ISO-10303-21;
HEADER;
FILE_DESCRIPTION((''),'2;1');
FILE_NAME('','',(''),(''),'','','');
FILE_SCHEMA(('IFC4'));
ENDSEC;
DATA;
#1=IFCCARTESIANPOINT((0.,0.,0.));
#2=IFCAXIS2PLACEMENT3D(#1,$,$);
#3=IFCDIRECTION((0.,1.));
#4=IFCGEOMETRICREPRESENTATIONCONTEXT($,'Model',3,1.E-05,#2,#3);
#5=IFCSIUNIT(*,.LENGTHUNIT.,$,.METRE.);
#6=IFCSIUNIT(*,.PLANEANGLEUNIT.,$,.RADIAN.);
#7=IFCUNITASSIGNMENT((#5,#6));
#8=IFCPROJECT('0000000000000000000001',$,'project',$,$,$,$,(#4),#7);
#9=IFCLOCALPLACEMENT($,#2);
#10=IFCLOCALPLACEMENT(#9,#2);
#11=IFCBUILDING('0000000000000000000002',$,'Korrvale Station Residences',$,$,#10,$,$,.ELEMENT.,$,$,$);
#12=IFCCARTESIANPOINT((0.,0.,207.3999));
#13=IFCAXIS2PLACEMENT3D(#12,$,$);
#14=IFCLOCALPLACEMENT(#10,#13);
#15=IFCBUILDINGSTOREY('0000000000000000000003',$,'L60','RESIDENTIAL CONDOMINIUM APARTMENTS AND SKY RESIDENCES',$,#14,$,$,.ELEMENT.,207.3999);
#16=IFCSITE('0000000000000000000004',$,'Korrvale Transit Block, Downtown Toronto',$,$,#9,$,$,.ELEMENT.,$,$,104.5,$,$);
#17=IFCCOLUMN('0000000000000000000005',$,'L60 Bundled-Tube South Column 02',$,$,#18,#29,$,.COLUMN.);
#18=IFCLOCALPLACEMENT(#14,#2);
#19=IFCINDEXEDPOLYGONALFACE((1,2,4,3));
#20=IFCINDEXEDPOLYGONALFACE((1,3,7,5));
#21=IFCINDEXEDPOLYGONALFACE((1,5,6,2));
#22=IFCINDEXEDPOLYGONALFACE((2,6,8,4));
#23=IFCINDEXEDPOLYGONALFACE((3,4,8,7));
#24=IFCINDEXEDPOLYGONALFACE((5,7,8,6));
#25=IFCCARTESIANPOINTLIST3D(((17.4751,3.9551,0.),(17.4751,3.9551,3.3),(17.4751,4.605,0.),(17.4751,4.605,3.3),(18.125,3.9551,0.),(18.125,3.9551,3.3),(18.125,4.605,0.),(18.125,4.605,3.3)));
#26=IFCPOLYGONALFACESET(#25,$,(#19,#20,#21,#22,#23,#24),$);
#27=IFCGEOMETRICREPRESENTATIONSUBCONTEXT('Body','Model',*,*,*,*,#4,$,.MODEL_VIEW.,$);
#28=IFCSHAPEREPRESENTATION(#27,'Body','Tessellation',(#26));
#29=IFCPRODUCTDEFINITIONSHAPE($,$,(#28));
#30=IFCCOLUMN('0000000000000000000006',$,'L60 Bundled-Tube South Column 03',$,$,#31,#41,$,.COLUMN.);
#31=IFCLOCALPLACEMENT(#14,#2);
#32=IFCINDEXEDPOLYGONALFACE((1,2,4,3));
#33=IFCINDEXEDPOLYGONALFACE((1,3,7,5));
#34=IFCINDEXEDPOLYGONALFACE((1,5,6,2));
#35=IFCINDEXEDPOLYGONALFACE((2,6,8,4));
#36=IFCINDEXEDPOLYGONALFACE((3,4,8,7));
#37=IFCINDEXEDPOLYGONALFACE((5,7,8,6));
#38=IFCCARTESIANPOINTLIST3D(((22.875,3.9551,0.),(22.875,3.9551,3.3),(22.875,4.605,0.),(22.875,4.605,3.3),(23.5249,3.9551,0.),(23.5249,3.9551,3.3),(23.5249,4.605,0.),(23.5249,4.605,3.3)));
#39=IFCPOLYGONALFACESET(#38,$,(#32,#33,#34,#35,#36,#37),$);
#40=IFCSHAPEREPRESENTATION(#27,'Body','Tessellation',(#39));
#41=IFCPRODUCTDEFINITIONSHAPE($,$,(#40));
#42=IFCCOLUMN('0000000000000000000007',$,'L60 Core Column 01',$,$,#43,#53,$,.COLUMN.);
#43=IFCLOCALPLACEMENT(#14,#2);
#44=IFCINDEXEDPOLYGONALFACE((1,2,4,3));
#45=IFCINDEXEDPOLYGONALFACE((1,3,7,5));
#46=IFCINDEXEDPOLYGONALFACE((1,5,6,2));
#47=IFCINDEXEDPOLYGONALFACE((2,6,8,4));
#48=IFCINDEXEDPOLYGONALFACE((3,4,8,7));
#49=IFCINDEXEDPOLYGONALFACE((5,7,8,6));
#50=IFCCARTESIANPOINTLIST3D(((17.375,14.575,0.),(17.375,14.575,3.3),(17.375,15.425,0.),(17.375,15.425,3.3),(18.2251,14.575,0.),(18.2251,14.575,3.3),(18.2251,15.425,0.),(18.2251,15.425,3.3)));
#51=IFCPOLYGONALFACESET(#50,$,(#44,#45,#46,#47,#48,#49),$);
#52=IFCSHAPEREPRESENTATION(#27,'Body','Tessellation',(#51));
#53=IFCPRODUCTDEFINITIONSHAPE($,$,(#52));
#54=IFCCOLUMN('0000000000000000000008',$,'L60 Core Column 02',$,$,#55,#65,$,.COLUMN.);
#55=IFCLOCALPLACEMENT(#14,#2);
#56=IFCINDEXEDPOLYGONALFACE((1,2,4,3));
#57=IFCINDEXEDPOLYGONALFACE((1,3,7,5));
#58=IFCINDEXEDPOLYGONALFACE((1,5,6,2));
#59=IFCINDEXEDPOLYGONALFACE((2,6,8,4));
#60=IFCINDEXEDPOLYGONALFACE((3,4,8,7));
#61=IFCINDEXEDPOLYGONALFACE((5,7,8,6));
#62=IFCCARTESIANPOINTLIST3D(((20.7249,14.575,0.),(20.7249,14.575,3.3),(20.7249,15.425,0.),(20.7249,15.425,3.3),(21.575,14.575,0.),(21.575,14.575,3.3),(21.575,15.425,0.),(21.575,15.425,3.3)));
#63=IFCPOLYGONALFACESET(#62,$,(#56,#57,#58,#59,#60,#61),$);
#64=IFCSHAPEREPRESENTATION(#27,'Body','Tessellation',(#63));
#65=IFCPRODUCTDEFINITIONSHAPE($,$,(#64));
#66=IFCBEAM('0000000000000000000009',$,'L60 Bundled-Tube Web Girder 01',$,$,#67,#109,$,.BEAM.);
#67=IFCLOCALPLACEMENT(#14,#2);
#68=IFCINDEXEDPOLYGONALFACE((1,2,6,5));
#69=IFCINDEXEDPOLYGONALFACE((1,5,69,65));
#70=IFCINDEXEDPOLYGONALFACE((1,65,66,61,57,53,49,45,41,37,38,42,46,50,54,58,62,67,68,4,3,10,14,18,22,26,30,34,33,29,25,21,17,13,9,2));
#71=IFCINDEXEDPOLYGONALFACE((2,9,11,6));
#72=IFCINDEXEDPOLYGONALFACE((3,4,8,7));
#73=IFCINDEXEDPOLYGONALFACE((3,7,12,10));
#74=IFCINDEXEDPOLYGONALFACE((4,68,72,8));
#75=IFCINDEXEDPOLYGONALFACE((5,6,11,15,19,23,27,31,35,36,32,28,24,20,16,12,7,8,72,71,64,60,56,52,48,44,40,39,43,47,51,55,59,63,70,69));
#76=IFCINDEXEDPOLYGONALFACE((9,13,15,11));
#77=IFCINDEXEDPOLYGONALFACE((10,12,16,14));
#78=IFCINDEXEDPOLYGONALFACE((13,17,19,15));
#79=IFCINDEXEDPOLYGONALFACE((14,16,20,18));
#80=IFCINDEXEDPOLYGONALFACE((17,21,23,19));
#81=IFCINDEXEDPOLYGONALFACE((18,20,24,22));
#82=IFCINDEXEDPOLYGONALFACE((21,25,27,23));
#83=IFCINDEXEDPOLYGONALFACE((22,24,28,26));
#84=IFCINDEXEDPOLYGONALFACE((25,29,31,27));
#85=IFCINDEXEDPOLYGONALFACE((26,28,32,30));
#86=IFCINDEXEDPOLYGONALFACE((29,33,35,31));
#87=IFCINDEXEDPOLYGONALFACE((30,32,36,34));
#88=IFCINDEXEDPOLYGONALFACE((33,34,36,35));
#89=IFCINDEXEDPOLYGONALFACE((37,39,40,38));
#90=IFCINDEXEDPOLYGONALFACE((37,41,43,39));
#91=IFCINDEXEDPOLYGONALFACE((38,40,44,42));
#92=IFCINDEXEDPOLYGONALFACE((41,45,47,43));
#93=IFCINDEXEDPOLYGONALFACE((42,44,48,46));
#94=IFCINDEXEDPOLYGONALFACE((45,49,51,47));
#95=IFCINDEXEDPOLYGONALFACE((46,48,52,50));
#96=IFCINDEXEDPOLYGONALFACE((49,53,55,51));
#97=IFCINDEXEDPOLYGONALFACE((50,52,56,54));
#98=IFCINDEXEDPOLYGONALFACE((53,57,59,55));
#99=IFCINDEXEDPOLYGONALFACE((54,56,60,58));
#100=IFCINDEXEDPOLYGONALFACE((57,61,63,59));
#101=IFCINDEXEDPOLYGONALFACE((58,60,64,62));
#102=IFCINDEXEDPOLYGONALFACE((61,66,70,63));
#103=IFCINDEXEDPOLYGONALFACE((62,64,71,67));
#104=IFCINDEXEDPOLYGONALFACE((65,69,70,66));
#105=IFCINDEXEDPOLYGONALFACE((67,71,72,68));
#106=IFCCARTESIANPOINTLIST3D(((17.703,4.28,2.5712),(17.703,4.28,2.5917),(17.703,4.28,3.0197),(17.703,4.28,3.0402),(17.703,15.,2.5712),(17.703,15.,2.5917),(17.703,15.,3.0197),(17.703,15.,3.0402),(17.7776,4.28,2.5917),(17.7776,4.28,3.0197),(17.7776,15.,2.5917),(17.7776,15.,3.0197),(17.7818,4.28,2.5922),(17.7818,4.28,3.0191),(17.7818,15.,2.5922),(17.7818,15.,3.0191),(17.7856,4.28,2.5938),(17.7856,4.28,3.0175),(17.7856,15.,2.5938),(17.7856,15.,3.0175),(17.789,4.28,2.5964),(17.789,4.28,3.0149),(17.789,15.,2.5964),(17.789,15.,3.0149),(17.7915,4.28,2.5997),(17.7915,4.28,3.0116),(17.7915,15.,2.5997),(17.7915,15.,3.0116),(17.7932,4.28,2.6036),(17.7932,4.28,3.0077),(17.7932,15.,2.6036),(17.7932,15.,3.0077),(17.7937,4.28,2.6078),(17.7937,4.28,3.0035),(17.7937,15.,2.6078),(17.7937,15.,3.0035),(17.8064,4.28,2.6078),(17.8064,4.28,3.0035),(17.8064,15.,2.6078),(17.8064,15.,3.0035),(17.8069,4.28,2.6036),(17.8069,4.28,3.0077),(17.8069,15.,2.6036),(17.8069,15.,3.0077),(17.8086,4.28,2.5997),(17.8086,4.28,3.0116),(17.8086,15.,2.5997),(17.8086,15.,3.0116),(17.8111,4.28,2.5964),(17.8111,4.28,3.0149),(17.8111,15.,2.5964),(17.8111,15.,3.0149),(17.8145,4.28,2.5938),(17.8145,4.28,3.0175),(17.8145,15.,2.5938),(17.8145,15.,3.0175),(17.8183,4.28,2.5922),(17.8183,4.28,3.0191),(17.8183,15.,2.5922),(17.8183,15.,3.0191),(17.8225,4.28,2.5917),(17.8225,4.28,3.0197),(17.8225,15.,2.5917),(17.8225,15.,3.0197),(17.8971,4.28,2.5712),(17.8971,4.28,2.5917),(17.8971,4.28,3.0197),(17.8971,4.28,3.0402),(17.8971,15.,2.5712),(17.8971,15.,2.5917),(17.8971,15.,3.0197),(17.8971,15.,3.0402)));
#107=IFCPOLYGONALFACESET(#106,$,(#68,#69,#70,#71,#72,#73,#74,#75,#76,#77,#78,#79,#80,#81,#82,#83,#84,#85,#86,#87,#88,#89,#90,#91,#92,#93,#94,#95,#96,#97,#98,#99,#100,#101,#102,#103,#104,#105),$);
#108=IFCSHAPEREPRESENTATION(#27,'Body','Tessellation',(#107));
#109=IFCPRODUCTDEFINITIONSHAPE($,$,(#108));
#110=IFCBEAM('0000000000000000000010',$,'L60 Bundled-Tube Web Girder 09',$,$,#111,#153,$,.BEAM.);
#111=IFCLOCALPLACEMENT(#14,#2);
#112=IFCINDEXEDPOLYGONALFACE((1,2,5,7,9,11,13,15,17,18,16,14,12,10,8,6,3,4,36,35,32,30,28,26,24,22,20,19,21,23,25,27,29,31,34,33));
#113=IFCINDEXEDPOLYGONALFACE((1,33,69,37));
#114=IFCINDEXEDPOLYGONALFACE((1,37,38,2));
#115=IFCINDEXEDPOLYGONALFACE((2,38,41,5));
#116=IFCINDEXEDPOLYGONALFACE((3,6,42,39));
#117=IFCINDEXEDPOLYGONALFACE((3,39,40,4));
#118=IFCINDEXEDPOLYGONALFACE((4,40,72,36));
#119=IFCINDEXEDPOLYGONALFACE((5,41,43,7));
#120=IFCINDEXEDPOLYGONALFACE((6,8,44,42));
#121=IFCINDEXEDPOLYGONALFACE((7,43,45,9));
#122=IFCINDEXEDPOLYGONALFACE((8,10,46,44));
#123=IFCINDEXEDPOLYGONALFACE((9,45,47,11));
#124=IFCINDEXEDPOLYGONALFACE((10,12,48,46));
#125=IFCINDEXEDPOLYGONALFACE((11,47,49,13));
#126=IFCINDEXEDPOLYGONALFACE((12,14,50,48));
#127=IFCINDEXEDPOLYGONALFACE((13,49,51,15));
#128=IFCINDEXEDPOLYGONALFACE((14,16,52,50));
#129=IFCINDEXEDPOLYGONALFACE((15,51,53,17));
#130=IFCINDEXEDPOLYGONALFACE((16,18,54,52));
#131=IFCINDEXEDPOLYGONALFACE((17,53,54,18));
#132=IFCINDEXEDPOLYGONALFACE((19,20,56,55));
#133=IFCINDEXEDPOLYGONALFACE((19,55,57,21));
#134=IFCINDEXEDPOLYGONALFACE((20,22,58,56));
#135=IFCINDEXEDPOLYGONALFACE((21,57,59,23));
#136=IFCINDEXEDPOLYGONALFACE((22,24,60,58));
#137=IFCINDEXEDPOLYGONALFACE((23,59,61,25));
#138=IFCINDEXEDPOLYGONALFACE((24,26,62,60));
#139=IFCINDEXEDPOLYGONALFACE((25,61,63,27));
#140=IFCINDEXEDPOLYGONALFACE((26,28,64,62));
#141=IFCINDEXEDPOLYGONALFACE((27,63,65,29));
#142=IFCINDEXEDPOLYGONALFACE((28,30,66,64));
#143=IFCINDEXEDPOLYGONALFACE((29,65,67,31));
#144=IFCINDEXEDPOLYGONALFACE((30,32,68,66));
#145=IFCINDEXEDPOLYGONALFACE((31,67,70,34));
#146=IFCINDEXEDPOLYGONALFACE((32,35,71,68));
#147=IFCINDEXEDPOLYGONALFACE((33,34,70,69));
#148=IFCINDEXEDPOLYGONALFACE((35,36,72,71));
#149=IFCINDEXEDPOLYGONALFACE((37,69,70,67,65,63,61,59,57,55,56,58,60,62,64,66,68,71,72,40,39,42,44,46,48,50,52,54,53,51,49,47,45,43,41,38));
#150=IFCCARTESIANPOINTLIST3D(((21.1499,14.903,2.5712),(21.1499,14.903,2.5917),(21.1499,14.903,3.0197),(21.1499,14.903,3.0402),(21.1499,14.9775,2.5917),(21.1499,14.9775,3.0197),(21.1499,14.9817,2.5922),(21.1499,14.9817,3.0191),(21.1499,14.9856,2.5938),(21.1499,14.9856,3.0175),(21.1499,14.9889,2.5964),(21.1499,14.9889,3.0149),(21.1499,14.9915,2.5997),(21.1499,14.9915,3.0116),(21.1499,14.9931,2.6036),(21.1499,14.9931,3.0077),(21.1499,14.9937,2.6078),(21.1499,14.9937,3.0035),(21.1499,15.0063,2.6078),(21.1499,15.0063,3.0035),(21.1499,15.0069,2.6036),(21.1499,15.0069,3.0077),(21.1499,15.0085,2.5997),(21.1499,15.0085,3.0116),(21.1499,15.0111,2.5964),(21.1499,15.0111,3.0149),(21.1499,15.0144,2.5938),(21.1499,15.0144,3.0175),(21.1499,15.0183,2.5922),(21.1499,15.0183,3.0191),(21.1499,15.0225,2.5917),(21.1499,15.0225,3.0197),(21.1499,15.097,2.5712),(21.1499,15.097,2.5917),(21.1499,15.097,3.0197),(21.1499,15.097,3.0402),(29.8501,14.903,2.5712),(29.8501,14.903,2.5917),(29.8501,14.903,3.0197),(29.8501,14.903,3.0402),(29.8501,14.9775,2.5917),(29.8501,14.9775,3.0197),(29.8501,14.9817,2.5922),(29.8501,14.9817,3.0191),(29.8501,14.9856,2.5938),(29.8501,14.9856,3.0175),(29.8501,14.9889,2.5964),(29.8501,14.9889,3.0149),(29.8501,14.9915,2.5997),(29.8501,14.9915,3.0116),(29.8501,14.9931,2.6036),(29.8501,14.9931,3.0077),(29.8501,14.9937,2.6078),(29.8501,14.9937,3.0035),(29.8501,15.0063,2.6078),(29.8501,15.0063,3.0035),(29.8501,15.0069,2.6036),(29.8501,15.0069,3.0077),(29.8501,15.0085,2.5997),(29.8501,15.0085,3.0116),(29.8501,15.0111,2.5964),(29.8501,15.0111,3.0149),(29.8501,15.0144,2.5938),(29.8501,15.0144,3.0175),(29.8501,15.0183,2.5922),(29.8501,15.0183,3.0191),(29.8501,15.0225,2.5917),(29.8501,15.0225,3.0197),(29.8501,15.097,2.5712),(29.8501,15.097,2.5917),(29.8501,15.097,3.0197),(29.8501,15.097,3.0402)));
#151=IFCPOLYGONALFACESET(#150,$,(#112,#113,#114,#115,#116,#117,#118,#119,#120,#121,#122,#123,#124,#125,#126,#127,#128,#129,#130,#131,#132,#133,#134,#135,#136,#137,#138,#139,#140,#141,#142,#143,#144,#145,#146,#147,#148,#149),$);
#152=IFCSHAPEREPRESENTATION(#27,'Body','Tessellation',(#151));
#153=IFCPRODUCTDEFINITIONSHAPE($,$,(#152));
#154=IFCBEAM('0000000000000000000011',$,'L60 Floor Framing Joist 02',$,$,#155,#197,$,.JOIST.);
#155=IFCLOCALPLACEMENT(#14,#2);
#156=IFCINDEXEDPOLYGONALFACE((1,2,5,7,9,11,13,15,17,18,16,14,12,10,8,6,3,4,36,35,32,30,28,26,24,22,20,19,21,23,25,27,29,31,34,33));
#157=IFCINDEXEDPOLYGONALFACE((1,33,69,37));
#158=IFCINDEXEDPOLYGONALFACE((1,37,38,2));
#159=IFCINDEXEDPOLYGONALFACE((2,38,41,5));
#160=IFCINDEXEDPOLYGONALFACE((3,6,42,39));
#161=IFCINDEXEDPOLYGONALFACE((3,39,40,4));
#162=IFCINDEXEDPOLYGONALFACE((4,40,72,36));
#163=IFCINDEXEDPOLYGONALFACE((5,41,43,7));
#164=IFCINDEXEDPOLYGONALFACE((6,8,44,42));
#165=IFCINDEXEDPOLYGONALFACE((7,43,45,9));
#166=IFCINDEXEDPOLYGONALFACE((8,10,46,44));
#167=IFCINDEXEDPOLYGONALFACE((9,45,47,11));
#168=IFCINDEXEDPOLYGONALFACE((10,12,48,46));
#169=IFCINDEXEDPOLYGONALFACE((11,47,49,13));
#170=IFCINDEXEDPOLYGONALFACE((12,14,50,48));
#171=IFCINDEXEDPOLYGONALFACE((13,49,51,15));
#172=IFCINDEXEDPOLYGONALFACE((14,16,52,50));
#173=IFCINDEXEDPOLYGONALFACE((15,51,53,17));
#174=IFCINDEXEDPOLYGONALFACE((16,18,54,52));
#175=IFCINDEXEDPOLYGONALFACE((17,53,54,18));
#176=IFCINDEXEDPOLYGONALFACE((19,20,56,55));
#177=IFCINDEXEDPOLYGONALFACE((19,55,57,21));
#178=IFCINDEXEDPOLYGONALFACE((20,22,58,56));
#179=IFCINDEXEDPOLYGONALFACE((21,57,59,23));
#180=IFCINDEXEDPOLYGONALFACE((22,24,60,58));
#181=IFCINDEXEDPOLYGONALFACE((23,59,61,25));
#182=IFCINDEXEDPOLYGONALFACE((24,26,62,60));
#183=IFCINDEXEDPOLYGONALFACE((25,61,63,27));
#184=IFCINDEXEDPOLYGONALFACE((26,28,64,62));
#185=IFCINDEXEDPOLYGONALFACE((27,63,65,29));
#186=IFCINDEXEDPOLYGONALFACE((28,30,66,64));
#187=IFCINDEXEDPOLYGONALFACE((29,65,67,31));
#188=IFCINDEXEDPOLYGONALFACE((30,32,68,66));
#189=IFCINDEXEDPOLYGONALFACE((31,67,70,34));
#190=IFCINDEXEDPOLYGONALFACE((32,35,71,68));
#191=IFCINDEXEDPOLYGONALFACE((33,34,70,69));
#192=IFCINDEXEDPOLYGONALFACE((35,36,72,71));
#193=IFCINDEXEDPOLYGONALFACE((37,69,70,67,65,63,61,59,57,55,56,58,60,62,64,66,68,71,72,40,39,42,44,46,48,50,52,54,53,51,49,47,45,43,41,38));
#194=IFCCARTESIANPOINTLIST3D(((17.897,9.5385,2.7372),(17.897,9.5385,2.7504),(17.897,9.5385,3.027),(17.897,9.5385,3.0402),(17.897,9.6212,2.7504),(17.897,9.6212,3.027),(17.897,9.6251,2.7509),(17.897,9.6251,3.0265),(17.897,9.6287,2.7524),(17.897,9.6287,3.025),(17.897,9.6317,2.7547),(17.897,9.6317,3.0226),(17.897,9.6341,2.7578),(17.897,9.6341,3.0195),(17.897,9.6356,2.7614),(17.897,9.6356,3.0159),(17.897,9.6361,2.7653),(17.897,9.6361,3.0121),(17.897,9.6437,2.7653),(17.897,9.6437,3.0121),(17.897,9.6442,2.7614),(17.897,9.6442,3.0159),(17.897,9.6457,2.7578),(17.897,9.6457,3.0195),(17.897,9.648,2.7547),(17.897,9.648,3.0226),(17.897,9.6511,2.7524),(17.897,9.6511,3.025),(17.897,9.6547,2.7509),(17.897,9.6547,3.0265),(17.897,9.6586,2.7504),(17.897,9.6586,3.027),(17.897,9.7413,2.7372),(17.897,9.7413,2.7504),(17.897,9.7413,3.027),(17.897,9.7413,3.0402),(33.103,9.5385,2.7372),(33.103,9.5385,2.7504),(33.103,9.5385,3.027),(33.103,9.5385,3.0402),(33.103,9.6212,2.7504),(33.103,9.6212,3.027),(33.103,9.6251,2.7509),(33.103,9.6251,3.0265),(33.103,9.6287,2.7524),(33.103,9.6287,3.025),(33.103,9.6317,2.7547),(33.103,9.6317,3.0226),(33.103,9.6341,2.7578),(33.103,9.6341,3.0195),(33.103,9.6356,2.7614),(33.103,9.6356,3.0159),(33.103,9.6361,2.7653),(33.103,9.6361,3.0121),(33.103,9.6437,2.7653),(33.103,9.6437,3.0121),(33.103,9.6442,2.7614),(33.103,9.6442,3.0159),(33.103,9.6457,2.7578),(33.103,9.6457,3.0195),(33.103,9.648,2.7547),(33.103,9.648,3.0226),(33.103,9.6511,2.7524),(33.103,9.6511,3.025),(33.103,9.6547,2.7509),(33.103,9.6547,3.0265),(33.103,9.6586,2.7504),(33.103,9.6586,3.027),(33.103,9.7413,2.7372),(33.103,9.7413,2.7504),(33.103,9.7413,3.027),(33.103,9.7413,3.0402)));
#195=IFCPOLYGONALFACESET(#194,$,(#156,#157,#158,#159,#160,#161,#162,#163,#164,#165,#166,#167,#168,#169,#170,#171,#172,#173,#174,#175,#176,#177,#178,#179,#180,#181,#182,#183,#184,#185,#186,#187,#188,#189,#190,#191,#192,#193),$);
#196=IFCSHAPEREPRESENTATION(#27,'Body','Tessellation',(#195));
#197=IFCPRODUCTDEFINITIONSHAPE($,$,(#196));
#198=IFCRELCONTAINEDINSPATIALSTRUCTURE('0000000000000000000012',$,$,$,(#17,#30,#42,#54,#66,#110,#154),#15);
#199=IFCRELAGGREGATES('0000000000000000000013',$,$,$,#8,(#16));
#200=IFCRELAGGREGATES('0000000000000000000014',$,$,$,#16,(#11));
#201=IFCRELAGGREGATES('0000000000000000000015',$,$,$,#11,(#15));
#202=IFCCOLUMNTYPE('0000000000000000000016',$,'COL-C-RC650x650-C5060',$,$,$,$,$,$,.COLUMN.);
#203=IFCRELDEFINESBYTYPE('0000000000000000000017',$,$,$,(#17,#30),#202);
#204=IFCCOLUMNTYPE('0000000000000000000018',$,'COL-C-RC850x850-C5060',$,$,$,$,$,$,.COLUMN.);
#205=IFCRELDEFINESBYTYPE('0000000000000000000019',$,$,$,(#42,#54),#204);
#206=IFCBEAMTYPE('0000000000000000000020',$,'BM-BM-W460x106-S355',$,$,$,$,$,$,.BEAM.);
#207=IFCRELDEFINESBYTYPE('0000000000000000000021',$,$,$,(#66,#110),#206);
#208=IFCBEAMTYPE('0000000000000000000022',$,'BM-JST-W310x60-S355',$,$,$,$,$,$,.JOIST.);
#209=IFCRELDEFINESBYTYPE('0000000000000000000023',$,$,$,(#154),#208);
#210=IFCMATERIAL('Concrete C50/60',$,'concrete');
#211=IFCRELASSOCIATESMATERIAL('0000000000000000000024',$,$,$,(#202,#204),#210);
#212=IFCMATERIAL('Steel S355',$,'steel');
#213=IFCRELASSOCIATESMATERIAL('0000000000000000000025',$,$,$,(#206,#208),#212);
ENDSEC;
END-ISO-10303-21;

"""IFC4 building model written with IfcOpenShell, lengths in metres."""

from ifc_helpers import new_model, si_unit, direction, frame, origin, origin_2d, place, context, subcontext, project, spatial, rectangle, i_section, extrude, material, material_profile, profile_set, type_object, element, save


model = new_model("IFC4")

# Units and contexts
model_context = context("Model", 3, precision=1e-05, world=origin(), true_north=direction((0.0, 1.0)))
body_context = subcontext(model_context, "Body", "Model", "MODEL_VIEW")
ifc_project = project(units=[si_unit("LENGTHUNIT", "METRE"), si_unit("PLANEANGLEUNIT", "RADIAN")], contexts=[model_context])

# Site, building, storey
site_placement = place(None, origin())
site = spatial("IfcSite", under=ifc_project, at=site_placement, Name="Korrvale Transit Block, Downtown Toronto", CompositionType="ELEMENT", RefElevation=104.5)
building_placement = place(site_placement, origin())
building = spatial("IfcBuilding", under=site, at=building_placement, Name="Korrvale Station Residences", CompositionType="ELEMENT")
storey_placement = place(building_placement, frame((0.0, 0.0, 207.3999)))
storey = spatial("IfcBuildingStorey", under=building, at=storey_placement, Name="L60", Description="RESIDENTIAL CONDOMINIUM APARTMENTS AND SKY RESIDENCES", CompositionType="ELEMENT", Elevation=207.3999)

# Columns
ifc_material_1 = material(Name="Concrete C50/60", Category="concrete")
ifc_material_profile_1 = material_profile(ifc_material_1, rectangle(XDim=0.6499, YDim=0.6499, at=origin_2d()), Name="RC650x650")
ifc_profile_set_1 = profile_set([ifc_material_profile_1], Name="Concrete C50/60")
column_type_1 = type_object("IfcColumnType", Name="COL-C-RC650x650-C5060", PredefinedType="COLUMN", material=ifc_profile_set_1)
for number, where, z_axis, x_axis, name in (
    (1, (17.8, 4.28, 0.0), (0.0, 0.0, 1.0), (1.0, 0.0, 0.0), "L60 Bundled-Tube South Column 02"),
    (2, (23.2, 4.28, 0.0), (0.0, 0.0, 1.0), (1.0, 0.0, 0.0), "L60 Bundled-Tube South Column 03"),
):
    element("IfcColumn", number, at=place(storey_placement, frame(where, z_axis=z_axis, x_axis=x_axis)), inside=storey, type_object=column_type_1, Name=name, PredefinedType="COLUMN", context=body_context, shape_type="SweptSolid", body=[
        extrude(rectangle(XDim=0.6499, YDim=0.6499, at=origin_2d()), origin(), (0.0, 0.0, 1.0), 3.3),
    ])
ifc_material_profile_2 = material_profile(ifc_material_1, rectangle(XDim=0.8501, YDim=0.8501, at=origin_2d()), Name="RC850x850")
ifc_profile_set_2 = profile_set([ifc_material_profile_2], Name="Concrete C50/60")
column_type_2 = type_object("IfcColumnType", Name="COL-C-RC850x850-C5060", PredefinedType="COLUMN", material=ifc_profile_set_2)
for number, where, z_axis, x_axis, name in (
    (3, (17.8, 15.0, 0.0), (0.0, 0.0, 1.0), (1.0, 0.0, 0.0), "L60 Core Column 01"),
    (4, (21.1499, 15.0, 0.0), (0.0, 0.0, 1.0), (1.0, 0.0, 0.0), "L60 Core Column 02"),
):
    element("IfcColumn", number, at=place(storey_placement, frame(where, z_axis=z_axis, x_axis=x_axis)), inside=storey, type_object=column_type_2, Name=name, PredefinedType="COLUMN", context=body_context, shape_type="SweptSolid", body=[
        extrude(rectangle(XDim=0.8501, YDim=0.8501, at=origin_2d()), origin(), (0.0, 0.0, 1.0), 3.3),
    ])

# Beams
ifc_material_2 = material(Name="Steel S355", Category="steel")
ifc_material_profile_3 = material_profile(ifc_material_2, i_section(OverallWidth=0.1941, OverallDepth=0.469, WebThickness=0.0127, FlangeThickness=0.0205, FilletRadius=0.0161, at=origin_2d()), Name="W460x106")
ifc_profile_set_3 = profile_set([ifc_material_profile_3], Name="Steel S355")
beam_type_1 = type_object("IfcBeamType", Name="BM-BM-W460x106-S355", PredefinedType="BEAM", material=ifc_profile_set_3)
beam_1_placement = place(storey_placement, frame((17.8, 4.28, 2.8057), z_axis=(0.0, 1.0, 0.0), x_axis=(-1.0, 0.0, 0.0)))
element("IfcBeam", 5, at=beam_1_placement, inside=storey, type_object=beam_type_1, Name="L60 Bundled-Tube Web Girder 01", PredefinedType="BEAM", context=body_context, shape_type="SweptSolid", body=[
    extrude(i_section(OverallWidth=0.1941, OverallDepth=0.469, WebThickness=0.0127, FlangeThickness=0.0205, FilletRadius=0.0161, at=origin_2d()), origin(), (0.0, 0.0, 1.0), 10.72),
])
beam_2_placement = place(storey_placement, frame((21.1499, 15.0, 2.8057), z_axis=(1.0, 0.0, 0.0), x_axis=(0.0, 1.0, 0.0)))
element("IfcBeam", 6, at=beam_2_placement, inside=storey, type_object=beam_type_1, Name="L60 Bundled-Tube Web Girder 09", PredefinedType="BEAM", context=body_context, shape_type="SweptSolid", body=[
    extrude(i_section(OverallWidth=0.1941, OverallDepth=0.469, WebThickness=0.0127, FlangeThickness=0.0205, FilletRadius=0.0161, at=origin_2d()), origin(), (0.0, 0.0, 1.0), 8.7002),
])
ifc_material_profile_4 = material_profile(ifc_material_2, i_section(OverallWidth=0.2029, OverallDepth=0.303, WebThickness=0.0076, FlangeThickness=0.0132, FilletRadius=0.0149, at=origin_2d()), Name="W310x60")
ifc_profile_set_4 = profile_set([ifc_material_profile_4], Name="Steel S355")
beam_type_2 = type_object("IfcBeamType", Name="BM-JST-W310x60-S355", PredefinedType="JOIST", material=ifc_profile_set_4)
beam_3_placement = place(storey_placement, frame((17.897, 9.6399, 2.8887), z_axis=(1.0, 0.0, 0.0), x_axis=(0.0, 1.0, 0.0)))
element("IfcBeam", 7, at=beam_3_placement, inside=storey, type_object=beam_type_2, Name="L60 Floor Framing Joist 02", PredefinedType="JOIST", context=body_context, shape_type="SweptSolid", body=[
    extrude(i_section(OverallWidth=0.2029, OverallDepth=0.303, WebThickness=0.0076, FlangeThickness=0.0132, FilletRadius=0.0149, at=origin_2d()), origin(), (0.0, 0.0, 1.0), 15.2061),
])

save(model, "model.ifc")
